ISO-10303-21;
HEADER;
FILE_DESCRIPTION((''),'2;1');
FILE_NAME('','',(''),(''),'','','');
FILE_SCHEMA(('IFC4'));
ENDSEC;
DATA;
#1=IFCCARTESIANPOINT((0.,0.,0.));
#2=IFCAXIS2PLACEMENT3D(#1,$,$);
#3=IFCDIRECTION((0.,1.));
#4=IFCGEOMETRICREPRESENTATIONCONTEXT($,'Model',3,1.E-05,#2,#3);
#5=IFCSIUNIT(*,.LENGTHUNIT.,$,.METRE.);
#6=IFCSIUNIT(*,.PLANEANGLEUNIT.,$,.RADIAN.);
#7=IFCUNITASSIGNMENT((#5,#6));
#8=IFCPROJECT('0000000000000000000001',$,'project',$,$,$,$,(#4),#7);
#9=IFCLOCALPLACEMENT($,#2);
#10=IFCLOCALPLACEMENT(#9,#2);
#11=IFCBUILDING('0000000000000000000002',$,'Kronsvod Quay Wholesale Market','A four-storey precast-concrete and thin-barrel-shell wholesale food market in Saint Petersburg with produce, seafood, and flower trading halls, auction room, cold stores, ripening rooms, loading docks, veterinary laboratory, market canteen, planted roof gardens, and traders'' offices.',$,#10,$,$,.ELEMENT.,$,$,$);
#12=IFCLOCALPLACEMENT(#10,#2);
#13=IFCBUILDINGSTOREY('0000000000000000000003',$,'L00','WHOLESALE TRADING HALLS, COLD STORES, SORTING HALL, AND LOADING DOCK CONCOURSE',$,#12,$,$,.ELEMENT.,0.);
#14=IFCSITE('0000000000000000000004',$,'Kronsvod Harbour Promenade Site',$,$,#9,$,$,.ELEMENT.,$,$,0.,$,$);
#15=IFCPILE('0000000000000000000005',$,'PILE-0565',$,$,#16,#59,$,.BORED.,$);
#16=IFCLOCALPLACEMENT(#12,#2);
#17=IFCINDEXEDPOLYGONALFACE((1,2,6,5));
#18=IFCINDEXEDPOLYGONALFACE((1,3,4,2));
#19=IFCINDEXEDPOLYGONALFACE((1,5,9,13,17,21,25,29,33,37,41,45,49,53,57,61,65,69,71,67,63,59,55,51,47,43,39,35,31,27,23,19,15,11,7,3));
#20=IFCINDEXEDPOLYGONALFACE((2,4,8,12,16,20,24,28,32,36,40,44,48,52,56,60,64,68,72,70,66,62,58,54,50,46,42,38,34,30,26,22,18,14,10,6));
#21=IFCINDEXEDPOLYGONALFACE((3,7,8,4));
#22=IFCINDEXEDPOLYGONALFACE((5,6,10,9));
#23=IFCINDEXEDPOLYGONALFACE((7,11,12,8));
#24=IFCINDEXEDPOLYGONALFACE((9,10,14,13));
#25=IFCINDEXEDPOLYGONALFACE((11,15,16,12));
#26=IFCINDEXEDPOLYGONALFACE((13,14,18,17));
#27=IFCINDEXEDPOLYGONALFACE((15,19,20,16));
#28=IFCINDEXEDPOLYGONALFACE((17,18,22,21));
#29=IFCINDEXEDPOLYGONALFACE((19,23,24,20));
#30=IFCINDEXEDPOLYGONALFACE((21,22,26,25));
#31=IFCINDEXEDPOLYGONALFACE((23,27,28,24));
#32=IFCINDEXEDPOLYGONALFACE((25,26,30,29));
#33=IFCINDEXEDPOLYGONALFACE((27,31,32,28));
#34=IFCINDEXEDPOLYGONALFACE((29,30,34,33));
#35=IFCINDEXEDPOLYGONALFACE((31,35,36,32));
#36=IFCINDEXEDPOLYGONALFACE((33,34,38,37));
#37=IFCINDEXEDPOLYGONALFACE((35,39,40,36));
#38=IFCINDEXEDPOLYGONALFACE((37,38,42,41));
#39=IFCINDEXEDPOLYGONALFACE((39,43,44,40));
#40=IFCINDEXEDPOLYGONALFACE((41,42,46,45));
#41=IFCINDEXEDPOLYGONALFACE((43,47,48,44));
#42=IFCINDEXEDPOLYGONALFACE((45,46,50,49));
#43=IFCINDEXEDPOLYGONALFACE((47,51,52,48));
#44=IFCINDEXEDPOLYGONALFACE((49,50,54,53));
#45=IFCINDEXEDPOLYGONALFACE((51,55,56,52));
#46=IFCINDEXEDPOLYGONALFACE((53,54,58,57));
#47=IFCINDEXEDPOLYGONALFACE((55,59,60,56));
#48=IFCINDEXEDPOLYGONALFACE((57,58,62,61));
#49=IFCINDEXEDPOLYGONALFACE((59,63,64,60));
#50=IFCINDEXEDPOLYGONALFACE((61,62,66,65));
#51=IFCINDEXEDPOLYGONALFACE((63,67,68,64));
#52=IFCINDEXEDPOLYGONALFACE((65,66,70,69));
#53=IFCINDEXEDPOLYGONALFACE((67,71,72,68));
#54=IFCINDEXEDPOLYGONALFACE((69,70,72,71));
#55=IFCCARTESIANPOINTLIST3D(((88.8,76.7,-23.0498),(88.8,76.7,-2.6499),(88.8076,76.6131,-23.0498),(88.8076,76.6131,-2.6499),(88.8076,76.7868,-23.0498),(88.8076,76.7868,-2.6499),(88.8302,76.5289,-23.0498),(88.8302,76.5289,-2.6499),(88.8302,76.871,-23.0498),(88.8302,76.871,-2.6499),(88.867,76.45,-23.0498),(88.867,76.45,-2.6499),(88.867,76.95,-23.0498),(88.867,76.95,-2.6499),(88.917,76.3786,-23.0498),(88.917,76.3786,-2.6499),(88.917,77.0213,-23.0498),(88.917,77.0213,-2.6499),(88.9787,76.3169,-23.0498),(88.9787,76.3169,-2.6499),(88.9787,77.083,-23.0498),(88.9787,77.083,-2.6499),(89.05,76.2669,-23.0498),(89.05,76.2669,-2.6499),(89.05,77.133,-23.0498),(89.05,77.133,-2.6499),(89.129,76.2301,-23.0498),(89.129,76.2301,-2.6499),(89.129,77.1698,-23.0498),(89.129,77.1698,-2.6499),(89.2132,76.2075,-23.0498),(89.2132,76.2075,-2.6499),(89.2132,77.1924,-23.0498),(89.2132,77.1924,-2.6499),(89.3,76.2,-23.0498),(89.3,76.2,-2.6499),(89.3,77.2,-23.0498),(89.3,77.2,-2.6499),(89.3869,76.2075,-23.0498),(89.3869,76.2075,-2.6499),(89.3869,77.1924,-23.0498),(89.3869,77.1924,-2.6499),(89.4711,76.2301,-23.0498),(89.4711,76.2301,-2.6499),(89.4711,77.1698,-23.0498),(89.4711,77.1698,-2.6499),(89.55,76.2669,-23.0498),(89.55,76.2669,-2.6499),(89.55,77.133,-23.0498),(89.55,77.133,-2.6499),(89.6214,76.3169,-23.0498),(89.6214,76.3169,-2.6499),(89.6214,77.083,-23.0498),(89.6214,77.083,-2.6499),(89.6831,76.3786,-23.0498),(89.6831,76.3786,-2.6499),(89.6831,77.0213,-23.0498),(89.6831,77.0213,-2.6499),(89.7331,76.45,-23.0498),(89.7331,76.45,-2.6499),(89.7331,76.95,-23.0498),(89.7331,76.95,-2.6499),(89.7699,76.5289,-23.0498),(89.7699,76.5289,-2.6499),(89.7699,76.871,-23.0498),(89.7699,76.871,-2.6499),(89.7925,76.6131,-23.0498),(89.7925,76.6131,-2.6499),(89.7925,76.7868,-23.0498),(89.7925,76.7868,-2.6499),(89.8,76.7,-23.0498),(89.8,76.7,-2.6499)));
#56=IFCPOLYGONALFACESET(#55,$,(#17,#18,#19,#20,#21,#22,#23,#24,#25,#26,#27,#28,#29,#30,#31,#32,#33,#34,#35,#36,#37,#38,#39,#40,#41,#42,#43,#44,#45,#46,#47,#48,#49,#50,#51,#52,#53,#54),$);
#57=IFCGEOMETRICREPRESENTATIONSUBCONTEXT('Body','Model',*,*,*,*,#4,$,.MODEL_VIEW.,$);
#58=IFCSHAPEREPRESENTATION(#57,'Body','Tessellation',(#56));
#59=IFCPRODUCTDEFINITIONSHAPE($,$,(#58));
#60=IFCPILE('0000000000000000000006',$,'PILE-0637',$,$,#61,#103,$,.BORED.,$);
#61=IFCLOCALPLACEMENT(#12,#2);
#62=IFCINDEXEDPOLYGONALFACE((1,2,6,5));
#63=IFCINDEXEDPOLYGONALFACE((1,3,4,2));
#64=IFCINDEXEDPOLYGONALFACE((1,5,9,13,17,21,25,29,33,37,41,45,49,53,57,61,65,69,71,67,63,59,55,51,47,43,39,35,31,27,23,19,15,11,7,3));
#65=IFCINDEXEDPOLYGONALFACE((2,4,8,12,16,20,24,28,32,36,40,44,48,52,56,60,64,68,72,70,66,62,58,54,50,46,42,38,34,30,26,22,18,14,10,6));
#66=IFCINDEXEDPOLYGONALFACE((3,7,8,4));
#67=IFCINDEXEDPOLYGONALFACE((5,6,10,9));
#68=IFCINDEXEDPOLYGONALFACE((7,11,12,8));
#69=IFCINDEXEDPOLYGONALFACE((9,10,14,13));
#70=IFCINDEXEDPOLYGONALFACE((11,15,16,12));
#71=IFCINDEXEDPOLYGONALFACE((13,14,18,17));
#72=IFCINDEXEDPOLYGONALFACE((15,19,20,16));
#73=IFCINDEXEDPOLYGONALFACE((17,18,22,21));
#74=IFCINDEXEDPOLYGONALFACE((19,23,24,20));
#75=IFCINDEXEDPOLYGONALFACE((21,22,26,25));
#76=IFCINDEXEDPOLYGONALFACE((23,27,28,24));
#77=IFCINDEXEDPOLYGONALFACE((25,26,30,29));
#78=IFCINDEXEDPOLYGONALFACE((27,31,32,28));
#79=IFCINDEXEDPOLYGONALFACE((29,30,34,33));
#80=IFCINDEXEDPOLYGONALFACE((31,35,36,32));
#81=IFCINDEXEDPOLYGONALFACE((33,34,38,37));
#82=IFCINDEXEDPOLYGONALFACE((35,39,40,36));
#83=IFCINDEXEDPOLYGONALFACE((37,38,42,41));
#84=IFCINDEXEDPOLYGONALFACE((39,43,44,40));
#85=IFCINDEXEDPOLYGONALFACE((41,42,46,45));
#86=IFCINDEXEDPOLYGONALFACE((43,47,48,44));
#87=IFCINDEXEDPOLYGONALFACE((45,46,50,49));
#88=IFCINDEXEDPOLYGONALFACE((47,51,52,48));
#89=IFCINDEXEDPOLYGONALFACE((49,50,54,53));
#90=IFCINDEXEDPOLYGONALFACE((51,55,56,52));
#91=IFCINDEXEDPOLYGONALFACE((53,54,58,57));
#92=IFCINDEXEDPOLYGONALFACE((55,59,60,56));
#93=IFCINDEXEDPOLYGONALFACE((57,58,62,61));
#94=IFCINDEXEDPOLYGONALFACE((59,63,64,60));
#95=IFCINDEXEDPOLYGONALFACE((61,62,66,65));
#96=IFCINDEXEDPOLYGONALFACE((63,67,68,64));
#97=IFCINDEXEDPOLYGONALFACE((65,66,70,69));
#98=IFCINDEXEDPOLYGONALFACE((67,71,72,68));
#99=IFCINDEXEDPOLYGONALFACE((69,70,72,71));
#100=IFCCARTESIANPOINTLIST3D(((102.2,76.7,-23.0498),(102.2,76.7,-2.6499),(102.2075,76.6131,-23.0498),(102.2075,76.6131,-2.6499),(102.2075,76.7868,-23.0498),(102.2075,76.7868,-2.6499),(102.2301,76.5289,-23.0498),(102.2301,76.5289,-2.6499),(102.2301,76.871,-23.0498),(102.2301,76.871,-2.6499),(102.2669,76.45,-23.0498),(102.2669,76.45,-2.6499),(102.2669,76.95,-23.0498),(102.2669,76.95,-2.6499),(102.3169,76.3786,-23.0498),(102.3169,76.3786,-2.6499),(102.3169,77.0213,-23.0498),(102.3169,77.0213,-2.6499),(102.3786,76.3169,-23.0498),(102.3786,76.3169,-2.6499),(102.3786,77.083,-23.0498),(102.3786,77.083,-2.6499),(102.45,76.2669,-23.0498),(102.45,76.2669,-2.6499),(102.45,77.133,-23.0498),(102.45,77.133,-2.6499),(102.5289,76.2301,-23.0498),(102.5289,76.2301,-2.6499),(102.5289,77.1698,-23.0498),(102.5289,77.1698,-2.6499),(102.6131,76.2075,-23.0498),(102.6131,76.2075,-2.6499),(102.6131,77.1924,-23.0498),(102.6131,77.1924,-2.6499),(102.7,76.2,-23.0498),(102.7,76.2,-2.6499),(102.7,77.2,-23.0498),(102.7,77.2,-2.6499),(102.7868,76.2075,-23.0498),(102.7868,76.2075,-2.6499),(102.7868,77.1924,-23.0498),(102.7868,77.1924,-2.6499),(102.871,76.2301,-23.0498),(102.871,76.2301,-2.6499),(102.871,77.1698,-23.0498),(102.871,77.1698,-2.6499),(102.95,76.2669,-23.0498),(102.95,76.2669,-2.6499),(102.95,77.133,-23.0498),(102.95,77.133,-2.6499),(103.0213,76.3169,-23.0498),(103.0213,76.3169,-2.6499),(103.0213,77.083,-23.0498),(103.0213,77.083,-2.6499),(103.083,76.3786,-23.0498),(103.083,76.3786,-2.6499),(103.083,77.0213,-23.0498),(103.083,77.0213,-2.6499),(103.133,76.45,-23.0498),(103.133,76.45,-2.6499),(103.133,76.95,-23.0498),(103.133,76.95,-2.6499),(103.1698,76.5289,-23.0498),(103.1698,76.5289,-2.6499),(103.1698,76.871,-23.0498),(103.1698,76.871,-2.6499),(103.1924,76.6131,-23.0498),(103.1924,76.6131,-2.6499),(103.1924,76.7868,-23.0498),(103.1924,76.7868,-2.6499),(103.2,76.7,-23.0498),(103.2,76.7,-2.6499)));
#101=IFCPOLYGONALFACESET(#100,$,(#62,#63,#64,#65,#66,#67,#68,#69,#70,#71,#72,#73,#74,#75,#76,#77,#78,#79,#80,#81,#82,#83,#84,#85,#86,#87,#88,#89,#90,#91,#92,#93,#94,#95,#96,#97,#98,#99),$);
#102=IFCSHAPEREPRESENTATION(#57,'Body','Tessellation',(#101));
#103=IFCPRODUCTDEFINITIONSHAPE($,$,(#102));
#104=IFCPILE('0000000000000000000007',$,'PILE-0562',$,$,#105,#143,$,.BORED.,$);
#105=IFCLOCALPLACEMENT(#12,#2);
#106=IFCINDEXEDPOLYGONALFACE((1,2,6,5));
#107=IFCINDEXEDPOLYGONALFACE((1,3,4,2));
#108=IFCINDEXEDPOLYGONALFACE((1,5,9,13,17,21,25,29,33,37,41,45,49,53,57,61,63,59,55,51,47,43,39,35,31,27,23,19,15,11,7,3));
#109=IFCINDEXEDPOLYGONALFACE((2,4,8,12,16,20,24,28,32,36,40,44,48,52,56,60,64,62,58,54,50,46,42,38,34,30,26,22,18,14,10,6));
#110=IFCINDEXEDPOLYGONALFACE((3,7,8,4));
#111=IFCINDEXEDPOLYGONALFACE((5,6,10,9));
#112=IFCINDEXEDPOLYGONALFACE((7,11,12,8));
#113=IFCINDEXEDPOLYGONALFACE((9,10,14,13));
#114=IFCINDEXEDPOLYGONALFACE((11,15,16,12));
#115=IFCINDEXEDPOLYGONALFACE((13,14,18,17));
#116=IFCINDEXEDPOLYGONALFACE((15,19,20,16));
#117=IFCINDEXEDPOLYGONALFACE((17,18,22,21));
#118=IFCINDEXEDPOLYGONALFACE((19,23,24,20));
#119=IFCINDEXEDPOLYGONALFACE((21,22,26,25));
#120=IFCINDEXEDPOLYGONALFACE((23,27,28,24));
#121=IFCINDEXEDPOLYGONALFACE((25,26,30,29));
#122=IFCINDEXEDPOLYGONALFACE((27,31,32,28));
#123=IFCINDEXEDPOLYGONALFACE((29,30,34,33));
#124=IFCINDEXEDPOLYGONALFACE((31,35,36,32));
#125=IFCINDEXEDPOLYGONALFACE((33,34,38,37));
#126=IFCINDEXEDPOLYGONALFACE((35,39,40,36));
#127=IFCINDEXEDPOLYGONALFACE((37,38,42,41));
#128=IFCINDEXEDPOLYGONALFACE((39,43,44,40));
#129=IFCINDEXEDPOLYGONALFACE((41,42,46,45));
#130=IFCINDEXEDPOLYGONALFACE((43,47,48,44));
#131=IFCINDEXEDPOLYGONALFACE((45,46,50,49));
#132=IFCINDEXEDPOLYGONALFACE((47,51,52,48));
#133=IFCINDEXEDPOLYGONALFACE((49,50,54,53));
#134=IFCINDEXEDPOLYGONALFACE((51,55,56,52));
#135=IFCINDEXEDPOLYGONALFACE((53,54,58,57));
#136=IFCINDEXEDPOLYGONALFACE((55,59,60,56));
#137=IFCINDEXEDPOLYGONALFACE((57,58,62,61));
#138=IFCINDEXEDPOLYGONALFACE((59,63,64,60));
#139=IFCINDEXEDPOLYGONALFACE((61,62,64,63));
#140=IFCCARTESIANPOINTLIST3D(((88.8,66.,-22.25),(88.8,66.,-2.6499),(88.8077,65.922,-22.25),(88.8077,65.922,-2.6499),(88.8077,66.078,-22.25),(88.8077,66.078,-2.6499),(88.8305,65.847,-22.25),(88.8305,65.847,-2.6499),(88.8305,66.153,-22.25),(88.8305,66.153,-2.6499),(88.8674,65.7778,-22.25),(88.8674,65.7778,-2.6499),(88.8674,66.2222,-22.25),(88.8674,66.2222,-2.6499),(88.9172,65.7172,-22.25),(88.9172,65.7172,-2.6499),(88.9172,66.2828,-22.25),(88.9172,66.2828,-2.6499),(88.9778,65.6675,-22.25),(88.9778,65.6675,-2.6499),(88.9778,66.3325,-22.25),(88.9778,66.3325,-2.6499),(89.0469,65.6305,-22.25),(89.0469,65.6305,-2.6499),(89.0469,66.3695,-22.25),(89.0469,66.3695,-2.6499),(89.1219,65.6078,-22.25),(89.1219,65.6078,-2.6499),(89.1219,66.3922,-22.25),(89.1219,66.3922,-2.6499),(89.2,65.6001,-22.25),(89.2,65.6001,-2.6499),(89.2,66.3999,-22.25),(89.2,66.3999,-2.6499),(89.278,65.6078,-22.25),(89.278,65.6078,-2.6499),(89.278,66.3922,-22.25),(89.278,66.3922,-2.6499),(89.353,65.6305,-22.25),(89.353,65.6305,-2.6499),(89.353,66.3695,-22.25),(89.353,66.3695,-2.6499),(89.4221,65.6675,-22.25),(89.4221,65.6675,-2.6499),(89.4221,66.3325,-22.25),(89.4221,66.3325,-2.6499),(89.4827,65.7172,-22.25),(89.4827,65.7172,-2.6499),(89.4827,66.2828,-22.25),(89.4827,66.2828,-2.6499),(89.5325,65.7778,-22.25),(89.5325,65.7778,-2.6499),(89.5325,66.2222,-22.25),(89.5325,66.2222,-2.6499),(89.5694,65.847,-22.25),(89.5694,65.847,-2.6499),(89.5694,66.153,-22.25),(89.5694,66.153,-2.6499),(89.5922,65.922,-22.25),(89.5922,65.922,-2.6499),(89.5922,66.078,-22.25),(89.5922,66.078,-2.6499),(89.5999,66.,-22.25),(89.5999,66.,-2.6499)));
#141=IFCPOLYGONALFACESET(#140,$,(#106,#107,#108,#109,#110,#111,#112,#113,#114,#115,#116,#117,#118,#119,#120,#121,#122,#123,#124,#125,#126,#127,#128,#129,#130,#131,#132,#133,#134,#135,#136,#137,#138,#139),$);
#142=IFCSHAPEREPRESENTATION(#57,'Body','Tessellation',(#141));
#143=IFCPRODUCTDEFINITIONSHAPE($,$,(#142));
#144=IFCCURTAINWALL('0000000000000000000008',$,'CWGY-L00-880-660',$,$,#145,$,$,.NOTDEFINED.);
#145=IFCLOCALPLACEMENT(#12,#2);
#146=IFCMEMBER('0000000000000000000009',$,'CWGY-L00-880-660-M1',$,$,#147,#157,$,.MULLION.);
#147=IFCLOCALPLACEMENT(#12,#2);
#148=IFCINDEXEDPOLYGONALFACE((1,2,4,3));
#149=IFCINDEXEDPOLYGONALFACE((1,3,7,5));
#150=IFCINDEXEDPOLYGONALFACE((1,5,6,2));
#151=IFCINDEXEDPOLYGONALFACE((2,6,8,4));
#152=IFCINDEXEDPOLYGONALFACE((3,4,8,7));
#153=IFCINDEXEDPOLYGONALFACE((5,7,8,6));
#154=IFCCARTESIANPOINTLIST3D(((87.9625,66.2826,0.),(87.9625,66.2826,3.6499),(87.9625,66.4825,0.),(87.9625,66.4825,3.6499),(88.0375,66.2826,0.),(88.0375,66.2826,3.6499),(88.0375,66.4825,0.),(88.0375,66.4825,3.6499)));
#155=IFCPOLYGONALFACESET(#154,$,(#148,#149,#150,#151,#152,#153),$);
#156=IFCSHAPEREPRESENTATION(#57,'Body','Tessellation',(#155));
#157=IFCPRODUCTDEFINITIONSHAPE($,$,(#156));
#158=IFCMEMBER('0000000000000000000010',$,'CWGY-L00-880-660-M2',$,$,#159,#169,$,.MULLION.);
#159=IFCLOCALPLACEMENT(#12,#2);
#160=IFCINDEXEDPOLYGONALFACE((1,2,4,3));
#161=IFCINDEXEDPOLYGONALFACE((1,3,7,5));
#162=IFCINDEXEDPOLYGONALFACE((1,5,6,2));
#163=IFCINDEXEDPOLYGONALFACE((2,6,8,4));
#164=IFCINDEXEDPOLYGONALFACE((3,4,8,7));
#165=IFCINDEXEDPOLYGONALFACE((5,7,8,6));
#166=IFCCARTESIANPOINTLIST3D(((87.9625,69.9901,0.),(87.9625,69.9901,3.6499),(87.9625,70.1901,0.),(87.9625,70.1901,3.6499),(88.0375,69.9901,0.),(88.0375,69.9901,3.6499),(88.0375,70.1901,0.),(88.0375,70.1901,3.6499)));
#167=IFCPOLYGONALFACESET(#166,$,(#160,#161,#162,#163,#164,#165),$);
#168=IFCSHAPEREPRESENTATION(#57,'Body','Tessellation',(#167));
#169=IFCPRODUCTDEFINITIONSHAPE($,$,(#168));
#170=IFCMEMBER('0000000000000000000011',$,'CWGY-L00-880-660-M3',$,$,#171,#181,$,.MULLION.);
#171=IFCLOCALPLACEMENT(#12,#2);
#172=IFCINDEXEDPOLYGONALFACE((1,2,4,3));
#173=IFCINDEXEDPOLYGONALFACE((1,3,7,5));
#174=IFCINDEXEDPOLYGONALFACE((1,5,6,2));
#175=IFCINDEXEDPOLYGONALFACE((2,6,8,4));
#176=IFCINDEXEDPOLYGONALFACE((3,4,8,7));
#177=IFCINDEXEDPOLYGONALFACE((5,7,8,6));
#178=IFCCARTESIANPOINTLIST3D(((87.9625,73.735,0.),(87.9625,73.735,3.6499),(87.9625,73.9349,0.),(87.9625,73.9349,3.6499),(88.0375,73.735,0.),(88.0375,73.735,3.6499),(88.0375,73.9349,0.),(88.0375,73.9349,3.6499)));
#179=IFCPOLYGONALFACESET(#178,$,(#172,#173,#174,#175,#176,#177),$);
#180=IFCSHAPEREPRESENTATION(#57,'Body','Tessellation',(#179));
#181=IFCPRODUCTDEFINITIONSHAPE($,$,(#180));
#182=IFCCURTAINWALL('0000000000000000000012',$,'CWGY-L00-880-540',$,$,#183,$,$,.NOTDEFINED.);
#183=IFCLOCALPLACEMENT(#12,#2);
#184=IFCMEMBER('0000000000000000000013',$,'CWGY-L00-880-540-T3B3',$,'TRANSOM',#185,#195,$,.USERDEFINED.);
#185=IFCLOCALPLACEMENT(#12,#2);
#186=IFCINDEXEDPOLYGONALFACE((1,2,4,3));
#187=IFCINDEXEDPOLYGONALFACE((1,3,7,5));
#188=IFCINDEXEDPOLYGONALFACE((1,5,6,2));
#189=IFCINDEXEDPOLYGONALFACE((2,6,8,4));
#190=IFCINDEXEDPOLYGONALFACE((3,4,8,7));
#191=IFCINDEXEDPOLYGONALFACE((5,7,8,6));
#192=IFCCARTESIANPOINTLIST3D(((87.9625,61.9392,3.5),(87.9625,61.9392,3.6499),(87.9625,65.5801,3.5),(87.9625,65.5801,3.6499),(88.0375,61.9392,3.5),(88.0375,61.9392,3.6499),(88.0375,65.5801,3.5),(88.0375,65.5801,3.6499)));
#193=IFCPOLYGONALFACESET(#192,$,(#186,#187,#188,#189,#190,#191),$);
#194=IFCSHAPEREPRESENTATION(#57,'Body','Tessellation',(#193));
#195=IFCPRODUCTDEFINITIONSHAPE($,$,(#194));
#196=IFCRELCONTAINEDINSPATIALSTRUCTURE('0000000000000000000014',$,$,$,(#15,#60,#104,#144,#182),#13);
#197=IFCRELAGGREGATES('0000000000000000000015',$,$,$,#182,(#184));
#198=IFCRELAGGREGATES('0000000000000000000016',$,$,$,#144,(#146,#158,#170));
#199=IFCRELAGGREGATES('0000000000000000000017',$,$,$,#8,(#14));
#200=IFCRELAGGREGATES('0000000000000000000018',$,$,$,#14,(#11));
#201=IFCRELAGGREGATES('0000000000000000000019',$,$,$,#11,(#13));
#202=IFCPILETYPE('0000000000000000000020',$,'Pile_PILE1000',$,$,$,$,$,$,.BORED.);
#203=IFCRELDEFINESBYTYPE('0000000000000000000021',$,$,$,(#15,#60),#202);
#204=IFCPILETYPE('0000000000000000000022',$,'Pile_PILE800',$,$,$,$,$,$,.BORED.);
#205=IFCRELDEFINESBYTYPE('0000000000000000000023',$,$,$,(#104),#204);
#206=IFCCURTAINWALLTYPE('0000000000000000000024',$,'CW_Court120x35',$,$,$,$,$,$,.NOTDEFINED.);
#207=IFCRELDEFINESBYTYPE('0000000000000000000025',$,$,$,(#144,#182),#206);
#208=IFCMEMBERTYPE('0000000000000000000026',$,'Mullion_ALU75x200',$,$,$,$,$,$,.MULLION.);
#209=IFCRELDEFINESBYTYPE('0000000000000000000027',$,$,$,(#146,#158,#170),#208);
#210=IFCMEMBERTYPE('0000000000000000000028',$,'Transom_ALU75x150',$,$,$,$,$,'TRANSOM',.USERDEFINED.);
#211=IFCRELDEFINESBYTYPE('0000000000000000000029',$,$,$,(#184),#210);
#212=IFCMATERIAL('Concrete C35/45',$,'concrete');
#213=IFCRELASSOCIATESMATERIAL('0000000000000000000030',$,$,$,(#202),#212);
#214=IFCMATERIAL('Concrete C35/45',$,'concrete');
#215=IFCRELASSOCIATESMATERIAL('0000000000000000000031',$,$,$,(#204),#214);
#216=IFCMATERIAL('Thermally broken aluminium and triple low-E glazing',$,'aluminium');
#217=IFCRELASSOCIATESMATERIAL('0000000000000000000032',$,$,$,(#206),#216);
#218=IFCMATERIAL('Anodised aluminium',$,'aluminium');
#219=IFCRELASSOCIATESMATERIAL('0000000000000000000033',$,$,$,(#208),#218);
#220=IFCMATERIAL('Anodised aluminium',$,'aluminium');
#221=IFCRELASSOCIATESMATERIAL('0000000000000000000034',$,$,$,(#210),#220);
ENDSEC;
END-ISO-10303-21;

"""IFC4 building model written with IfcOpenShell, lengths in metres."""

from ifc_helpers import new_model, si_unit, direction, frame, origin, origin_2d, place, context, subcontext, project, spatial, rectangle, circle, extrude, material, material_profile, profile_set, type_object, element, aggregate, save


model = new_model("IFC4")

# Units and contexts
model_context = context("Model", 3, precision=1e-05, world=origin(), true_north=direction((0.0, 1.0)))
body_context = subcontext(model_context, "Body", "Model", "MODEL_VIEW")
ifc_project = project(units=[si_unit("LENGTHUNIT", "METRE"), si_unit("PLANEANGLEUNIT", "RADIAN")], contexts=[model_context])

# Site, building, storey
site_placement = place(None, origin())
site = spatial("IfcSite", under=ifc_project, at=site_placement, Name="Kronsvod Harbour Promenade Site", CompositionType="ELEMENT", RefElevation=0.0)
building_placement = place(site_placement, origin())
building = spatial("IfcBuilding", under=site, at=building_placement, Name="Kronsvod Quay Wholesale Market", Description="A four-storey precast-concrete and thin-barrel-shell wholesale food market in Saint Petersburg with produce, seafood, and flower trading halls, auction room, cold stores, ripening rooms, loading docks, veterinary laboratory, market canteen, planted roof gardens, and traders' offices.", CompositionType="ELEMENT")
storey_placement = place(building_placement, origin())
storey = spatial("IfcBuildingStorey", under=building, at=storey_placement, Name="L00", Description="WHOLESALE TRADING HALLS, COLD STORES, SORTING HALL, AND LOADING DOCK CONCOURSE", CompositionType="ELEMENT", Elevation=0.0)

# Piles
ifc_material_1 = material(Name="Concrete C35/45", Category="concrete")
ifc_material_profile_1 = material_profile(ifc_material_1, circle(Radius=0.5, at=origin_2d()), Name="PILE1000")
ifc_profile_set_1 = profile_set([ifc_material_profile_1], Name="Concrete C35/45")
pile_type_1 = type_object("IfcPileType", Name="Pile_PILE1000", PredefinedType="BORED", material=ifc_profile_set_1)
for number, where, z_axis, x_axis, name in (
    (1, (89.3, 76.7, -2.6499), (0.0, 0.0, -1.0), (1.0, 0.0, 0.0), "PILE-0565"),
    (2, (102.7, 76.7, -2.6499), (0.0, 0.0, -1.0), (1.0, 0.0, 0.0), "PILE-0637"),
):
    element("IfcPile", number, at=place(storey_placement, frame(where, z_axis=z_axis, x_axis=x_axis)), inside=storey, type_object=pile_type_1, Name=name, PredefinedType="BORED", context=body_context, shape_type="SweptSolid", body=[
        extrude(circle(Radius=0.5, at=origin_2d()), origin(), (0.0, 0.0, 1.0), 20.3999),
    ])
ifc_material_2 = material(Name="Concrete C35/45", Category="concrete")
ifc_material_profile_2 = material_profile(ifc_material_2, circle(Radius=0.3999, at=origin_2d()), Name="PILE800")
ifc_profile_set_2 = profile_set([ifc_material_profile_2], Name="Concrete C35/45")
pile_type_2 = type_object("IfcPileType", Name="Pile_PILE800", PredefinedType="BORED", material=ifc_profile_set_2)
pile_placement = place(storey_placement, frame((89.2, 66.0, -2.6499), z_axis=(0.0, 0.0, -1.0), x_axis=(1.0, 0.0, 0.0)))
element("IfcPile", 3, at=pile_placement, inside=storey, type_object=pile_type_2, Name="PILE-0562", PredefinedType="BORED", context=body_context, shape_type="SweptSolid", body=[
    extrude(circle(Radius=0.3999, at=origin_2d()), origin(), (0.0, 0.0, 1.0), 19.6001),
])

# Curtain wall, members
ifc_material_3 = material(Name="Thermally broken aluminium and triple low-E glazing", Category="aluminium")
curtain_wall_type = type_object("IfcCurtainWallType", Name="CW_Court120x35", PredefinedType="NOTDEFINED", material=ifc_material_3)
curtain_wall_1_placement = place(storey_placement, origin())
curtain_wall_1 = element("IfcCurtainWall", 4, at=curtain_wall_1_placement, inside=storey, type_object=curtain_wall_type, Name="CWGY-L00-880-660", PredefinedType="NOTDEFINED")
ifc_material_4 = material(Name="Anodised aluminium", Category="aluminium")
ifc_material_profile_3 = material_profile(ifc_material_4, rectangle(XDim=0.075, YDim=0.2, at=origin_2d()), Name="ALUM75x200")
ifc_profile_set_3 = profile_set([ifc_material_profile_3], Name="Anodised aluminium")
member_type_1 = type_object("IfcMemberType", Name="Mullion_ALU75x200", PredefinedType="MULLION", material=ifc_profile_set_3)
member_1_placement = place(storey_placement, frame((88.0, 66.3826, 0.0), z_axis=(0.0, 0.0, 1.0), x_axis=(1.0, 0.0, 0.0)))
member_1 = element("IfcMember", 5, at=member_1_placement, type_object=member_type_1, Name="CWGY-L00-880-660-M1", PredefinedType="MULLION", context=body_context, shape_type="SweptSolid", body=[
    extrude(rectangle(XDim=0.075, YDim=0.2, at=origin_2d()), origin(), (0.0, 0.0, 1.0), 3.6499),
])
member_2_placement = place(storey_placement, frame((88.0, 70.0901, 0.0), z_axis=(0.0, 0.0, 1.0), x_axis=(1.0, 0.0, 0.0)))
member_2 = element("IfcMember", 6, at=member_2_placement, type_object=member_type_1, Name="CWGY-L00-880-660-M2", PredefinedType="MULLION", context=body_context, shape_type="SweptSolid", body=[
    extrude(rectangle(XDim=0.075, YDim=0.2, at=origin_2d()), origin(), (0.0, 0.0, 1.0), 3.6499),
])
member_3_placement = place(storey_placement, frame((88.0, 73.835, 0.0), z_axis=(0.0, 0.0, 1.0), x_axis=(1.0, 0.0, 0.0)))
member_3 = element("IfcMember", 7, at=member_3_placement, type_object=member_type_1, Name="CWGY-L00-880-660-M3", PredefinedType="MULLION", context=body_context, shape_type="SweptSolid", body=[
    extrude(rectangle(XDim=0.075, YDim=0.2, at=origin_2d()), origin(), (0.0, 0.0, 1.0), 3.6499),
])

# Curtain wall, member
curtain_wall_2_placement = place(storey_placement, origin())
curtain_wall_2 = element("IfcCurtainWall", 8, at=curtain_wall_2_placement, inside=storey, type_object=curtain_wall_type, Name="CWGY-L00-880-540", PredefinedType="NOTDEFINED")
ifc_material_5 = material(Name="Anodised aluminium", Category="aluminium")
ifc_material_profile_4 = material_profile(ifc_material_5, rectangle(XDim=0.075, YDim=0.1499, at=origin_2d()), Name="ALUT75x150")
ifc_profile_set_4 = profile_set([ifc_material_profile_4], Name="Anodised aluminium")
member_type_2 = type_object("IfcMemberType", Name="Transom_ALU75x150", ElementType="TRANSOM", PredefinedType="USERDEFINED", material=ifc_profile_set_4)
member_4_placement = place(storey_placement, frame((88.0, 61.9392, 3.575), z_axis=(0.0, 1.0, 0.0), x_axis=(-1.0, 0.0, 0.0)))
member_4 = element("IfcMember", 9, at=member_4_placement, type_object=member_type_2, Name="CWGY-L00-880-540-T3B3", ObjectType="TRANSOM", PredefinedType="USERDEFINED", context=body_context, shape_type="SweptSolid", body=[
    extrude(rectangle(XDim=0.075, YDim=0.1499, at=origin_2d()), origin(), (0.0, 0.0, 1.0), 3.6409),
])

aggregate(curtain_wall_2, [member_4])
aggregate(curtain_wall_1, [member_1, member_2, member_3])

save(model, "model.ifc")
